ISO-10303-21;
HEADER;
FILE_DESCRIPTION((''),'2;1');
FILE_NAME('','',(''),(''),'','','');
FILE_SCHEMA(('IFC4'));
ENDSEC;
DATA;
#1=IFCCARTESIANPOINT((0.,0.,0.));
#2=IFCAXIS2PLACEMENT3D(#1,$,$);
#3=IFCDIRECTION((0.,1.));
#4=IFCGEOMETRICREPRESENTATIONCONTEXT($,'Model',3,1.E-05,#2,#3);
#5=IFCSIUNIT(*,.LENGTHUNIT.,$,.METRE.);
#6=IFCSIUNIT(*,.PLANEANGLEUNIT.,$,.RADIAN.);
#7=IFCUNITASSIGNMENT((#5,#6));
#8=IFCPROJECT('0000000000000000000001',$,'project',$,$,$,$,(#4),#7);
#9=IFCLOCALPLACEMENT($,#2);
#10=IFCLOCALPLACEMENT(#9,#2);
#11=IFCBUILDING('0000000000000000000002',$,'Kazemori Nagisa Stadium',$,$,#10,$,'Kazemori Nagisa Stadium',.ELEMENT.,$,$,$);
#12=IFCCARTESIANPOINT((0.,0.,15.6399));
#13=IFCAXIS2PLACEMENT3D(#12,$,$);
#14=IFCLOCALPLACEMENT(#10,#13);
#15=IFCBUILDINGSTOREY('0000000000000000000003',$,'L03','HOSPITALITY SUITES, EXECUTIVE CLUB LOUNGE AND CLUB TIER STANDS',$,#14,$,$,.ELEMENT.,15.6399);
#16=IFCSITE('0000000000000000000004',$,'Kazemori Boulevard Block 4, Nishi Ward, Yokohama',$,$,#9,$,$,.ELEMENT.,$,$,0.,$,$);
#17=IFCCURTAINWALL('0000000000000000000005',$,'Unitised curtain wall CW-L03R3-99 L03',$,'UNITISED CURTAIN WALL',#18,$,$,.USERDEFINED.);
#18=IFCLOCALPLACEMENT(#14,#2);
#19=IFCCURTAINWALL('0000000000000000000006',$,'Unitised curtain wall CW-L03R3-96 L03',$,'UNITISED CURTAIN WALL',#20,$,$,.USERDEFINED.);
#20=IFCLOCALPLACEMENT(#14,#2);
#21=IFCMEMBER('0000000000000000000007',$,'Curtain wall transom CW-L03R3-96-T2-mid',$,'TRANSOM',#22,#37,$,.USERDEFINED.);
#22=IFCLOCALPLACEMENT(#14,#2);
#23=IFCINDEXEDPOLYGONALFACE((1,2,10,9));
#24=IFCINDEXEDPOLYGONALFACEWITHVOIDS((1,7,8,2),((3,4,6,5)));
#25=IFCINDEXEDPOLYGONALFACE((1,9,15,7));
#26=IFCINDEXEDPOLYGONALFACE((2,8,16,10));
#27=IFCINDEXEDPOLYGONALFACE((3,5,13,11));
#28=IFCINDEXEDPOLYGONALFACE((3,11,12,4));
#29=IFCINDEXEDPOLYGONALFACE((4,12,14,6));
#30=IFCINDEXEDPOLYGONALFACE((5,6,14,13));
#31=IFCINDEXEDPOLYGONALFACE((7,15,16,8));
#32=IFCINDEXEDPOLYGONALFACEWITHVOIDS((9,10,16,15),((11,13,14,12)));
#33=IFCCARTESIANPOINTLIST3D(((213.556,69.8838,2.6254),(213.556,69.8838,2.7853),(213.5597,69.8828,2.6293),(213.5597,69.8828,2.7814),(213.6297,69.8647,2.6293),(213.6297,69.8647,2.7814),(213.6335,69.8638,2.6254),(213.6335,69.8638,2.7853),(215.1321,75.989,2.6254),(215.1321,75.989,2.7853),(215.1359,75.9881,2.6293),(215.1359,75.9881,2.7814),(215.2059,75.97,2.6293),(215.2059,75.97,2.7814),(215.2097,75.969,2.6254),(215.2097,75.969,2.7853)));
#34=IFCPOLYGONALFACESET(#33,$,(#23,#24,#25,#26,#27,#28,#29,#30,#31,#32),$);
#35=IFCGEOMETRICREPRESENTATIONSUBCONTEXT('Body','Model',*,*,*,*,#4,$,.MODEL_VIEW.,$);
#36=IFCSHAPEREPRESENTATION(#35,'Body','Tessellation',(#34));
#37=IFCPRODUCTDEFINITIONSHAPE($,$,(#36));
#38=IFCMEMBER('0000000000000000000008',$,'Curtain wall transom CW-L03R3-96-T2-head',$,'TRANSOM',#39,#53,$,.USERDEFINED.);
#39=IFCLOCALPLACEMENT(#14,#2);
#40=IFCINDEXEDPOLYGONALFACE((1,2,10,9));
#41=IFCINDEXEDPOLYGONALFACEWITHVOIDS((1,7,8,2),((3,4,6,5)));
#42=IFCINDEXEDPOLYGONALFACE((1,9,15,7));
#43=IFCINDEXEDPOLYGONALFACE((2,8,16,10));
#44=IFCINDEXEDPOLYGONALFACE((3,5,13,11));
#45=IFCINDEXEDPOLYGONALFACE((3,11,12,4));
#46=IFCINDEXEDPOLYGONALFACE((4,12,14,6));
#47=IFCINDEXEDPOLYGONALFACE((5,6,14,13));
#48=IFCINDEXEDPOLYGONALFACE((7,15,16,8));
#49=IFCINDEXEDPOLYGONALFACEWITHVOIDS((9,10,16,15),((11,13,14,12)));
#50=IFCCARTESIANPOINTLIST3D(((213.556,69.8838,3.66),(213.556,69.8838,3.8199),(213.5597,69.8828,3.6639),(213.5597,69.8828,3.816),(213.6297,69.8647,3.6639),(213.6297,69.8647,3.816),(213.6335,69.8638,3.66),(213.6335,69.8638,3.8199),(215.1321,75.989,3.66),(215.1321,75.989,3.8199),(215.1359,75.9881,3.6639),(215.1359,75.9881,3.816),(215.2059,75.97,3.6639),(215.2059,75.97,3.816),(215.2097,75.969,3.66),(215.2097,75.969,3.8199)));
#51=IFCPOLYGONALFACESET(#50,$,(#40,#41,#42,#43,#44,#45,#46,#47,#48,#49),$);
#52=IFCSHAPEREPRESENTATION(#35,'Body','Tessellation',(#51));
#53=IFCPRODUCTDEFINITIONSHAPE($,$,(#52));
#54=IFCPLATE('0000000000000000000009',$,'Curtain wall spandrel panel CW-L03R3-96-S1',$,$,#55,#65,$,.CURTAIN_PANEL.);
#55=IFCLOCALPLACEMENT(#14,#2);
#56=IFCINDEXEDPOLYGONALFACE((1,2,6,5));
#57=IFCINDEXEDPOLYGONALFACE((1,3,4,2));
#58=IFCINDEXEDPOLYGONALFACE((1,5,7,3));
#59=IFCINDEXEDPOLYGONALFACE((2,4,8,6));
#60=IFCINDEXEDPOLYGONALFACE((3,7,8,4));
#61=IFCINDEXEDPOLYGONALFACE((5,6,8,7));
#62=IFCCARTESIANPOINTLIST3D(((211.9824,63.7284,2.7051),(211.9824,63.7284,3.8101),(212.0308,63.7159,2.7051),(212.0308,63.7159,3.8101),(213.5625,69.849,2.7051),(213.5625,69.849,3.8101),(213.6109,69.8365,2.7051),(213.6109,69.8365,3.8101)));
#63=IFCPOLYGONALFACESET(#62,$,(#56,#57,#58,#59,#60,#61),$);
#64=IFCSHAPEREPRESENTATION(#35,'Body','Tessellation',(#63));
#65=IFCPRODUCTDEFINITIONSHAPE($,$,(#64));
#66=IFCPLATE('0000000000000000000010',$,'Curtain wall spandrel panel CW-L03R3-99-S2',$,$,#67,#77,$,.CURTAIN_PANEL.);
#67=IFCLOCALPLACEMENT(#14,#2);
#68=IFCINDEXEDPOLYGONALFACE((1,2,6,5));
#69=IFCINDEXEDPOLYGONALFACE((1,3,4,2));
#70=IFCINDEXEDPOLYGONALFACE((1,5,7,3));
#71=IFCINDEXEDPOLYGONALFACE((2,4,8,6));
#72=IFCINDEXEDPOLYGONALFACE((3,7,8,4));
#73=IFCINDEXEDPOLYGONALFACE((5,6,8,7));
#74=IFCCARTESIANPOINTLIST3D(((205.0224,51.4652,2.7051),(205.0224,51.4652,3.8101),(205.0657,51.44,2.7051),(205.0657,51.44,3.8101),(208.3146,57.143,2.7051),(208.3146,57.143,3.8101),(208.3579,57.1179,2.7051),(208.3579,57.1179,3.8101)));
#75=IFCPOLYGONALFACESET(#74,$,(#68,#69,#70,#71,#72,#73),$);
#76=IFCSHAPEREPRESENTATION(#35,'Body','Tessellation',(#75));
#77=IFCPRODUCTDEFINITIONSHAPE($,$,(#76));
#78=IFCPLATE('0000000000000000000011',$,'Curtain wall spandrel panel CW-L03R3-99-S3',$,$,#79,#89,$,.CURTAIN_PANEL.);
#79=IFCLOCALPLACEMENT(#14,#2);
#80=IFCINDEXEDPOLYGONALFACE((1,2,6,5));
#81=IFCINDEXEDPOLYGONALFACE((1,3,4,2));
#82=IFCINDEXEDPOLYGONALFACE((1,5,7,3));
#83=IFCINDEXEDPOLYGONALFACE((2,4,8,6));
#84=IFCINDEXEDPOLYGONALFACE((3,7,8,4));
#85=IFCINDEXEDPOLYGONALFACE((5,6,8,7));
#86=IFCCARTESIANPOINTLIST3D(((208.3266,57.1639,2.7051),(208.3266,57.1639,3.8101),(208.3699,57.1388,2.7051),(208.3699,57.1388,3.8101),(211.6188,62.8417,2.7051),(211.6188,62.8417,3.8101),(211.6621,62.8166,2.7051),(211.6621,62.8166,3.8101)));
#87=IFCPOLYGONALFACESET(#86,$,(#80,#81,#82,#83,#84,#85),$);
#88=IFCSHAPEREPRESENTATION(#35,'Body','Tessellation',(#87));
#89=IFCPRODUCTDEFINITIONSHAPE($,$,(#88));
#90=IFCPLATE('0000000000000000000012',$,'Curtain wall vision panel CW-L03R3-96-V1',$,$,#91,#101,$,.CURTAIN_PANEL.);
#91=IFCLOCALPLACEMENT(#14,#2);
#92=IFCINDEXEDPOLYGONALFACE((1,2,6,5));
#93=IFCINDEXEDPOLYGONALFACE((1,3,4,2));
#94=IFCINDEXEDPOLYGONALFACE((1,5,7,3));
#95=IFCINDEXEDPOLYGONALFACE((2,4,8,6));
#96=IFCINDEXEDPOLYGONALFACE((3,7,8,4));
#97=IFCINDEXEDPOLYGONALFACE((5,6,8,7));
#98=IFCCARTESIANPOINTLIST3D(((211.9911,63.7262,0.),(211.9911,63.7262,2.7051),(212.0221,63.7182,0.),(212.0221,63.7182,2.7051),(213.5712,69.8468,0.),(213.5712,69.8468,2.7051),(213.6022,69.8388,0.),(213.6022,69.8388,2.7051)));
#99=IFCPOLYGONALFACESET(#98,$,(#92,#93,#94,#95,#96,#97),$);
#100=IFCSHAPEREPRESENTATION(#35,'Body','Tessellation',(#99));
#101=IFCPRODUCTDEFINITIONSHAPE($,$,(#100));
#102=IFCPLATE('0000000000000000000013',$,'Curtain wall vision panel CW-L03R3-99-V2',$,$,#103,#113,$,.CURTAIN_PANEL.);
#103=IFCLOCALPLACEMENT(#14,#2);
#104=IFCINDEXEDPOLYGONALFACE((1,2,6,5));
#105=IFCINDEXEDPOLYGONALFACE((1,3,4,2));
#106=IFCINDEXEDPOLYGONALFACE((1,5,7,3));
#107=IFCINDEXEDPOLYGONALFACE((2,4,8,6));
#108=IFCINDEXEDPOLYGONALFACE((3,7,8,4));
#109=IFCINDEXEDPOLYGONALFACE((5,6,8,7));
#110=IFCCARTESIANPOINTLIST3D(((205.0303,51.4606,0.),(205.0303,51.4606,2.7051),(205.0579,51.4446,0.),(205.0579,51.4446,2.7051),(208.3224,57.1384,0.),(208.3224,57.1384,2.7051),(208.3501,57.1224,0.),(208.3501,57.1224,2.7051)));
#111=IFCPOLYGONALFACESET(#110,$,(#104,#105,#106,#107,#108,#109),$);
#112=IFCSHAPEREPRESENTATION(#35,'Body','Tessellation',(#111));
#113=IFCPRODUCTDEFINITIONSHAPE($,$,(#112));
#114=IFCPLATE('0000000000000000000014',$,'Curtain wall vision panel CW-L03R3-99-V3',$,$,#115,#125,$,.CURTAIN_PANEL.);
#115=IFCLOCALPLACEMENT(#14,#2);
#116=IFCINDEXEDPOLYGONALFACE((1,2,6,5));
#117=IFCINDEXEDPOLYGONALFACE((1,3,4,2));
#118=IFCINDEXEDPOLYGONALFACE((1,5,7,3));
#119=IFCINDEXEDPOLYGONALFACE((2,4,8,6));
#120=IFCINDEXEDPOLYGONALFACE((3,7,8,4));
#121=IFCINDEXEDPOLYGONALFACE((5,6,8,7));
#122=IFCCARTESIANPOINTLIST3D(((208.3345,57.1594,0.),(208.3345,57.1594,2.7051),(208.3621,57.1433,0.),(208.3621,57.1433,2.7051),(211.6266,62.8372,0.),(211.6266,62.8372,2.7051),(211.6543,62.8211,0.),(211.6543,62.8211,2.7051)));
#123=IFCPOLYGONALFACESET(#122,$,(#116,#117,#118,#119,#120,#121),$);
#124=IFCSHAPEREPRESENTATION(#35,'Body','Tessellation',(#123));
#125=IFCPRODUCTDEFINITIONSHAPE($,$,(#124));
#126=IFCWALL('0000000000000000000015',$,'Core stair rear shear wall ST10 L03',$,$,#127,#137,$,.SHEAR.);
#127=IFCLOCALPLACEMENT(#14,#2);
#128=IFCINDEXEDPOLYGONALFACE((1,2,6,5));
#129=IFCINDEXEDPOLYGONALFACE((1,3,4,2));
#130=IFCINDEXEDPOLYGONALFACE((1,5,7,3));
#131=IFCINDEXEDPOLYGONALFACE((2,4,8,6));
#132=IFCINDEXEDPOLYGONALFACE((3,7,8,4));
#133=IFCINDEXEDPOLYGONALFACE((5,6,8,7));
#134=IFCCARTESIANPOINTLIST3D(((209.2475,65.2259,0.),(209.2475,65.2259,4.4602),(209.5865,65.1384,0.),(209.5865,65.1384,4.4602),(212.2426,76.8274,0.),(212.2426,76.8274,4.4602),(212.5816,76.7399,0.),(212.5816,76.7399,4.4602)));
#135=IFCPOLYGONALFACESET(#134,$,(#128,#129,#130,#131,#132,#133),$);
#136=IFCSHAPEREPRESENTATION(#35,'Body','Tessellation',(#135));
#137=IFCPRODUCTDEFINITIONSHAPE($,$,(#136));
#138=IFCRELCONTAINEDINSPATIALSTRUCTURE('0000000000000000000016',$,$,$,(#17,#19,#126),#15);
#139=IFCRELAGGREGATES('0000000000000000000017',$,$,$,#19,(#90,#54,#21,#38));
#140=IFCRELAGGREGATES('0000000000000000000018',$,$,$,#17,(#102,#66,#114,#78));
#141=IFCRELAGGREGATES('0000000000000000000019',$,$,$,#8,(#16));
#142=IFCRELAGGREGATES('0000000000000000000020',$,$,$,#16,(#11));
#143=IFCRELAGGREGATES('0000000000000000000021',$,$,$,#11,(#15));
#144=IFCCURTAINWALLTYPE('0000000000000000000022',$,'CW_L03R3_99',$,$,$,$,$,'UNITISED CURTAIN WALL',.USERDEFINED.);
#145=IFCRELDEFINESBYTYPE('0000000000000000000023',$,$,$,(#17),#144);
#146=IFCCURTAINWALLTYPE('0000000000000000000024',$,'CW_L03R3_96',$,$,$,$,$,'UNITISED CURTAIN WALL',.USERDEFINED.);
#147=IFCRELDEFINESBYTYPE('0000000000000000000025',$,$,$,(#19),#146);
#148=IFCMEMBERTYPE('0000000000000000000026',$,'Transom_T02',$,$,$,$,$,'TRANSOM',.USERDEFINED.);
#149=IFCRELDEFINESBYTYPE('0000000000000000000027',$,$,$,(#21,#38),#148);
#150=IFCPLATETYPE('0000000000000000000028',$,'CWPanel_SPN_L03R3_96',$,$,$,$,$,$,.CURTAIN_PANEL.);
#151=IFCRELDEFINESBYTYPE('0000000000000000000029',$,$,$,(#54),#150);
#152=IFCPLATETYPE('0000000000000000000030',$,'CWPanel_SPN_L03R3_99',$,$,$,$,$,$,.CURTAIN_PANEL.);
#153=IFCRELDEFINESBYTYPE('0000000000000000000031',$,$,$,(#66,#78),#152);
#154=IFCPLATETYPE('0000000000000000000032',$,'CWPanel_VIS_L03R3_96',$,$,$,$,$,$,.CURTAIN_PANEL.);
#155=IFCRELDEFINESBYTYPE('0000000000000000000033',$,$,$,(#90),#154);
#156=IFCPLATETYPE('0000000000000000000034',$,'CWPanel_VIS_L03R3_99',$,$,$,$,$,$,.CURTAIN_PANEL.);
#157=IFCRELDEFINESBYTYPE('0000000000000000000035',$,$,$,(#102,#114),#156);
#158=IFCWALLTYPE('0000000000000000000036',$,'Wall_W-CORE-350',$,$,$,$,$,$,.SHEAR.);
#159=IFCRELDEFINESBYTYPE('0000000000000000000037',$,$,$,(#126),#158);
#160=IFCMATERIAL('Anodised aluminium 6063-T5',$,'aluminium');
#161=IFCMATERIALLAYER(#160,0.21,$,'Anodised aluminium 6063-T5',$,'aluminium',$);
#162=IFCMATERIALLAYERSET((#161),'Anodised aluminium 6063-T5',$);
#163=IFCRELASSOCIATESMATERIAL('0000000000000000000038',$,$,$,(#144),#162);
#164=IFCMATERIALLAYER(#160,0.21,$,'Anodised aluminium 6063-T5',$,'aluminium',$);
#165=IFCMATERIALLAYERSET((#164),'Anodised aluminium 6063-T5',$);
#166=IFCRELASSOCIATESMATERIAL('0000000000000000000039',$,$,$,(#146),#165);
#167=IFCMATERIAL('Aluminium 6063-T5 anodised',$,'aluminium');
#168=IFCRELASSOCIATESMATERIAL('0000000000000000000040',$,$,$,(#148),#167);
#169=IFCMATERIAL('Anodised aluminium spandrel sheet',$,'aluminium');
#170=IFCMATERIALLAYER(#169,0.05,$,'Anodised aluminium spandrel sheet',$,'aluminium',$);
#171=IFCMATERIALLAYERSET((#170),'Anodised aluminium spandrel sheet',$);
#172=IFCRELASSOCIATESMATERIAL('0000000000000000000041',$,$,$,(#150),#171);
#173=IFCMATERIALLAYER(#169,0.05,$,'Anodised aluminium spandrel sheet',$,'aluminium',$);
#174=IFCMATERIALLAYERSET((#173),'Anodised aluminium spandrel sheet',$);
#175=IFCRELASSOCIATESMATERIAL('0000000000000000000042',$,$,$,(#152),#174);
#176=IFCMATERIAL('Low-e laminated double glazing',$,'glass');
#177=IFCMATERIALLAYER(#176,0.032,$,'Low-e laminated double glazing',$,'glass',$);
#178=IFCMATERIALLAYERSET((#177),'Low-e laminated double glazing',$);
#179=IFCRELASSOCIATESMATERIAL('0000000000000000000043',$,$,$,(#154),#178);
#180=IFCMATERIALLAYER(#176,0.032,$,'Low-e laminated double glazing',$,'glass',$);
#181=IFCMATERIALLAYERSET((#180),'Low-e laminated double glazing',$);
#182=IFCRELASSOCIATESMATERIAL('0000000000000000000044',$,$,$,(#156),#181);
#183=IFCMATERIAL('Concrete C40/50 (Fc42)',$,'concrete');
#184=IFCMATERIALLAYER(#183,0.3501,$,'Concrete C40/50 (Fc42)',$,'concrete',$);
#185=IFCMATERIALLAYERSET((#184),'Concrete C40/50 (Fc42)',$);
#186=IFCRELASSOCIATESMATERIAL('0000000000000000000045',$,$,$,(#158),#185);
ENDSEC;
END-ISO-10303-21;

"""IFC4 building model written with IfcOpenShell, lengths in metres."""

from ifc_helpers import new_model, si_unit, direction, frame, frame_2d, origin, origin_2d, place, context, subcontext, project, spatial, rectangle, hollow_rectangle, extrude, material, layer, layer_set, material_profile, profile_set, type_object, element, aggregate, save


model = new_model("IFC4")

# Units and contexts
model_context = context("Model", 3, precision=1e-05, world=origin(), true_north=direction((0.0, 1.0)))
body_context = subcontext(model_context, "Body", "Model", "MODEL_VIEW")
ifc_project = project(units=[si_unit("LENGTHUNIT", "METRE"), si_unit("PLANEANGLEUNIT", "RADIAN")], contexts=[model_context])

# Site, building, storey
site_placement = place(None, origin())
site = spatial("IfcSite", under=ifc_project, at=site_placement, Name="Kazemori Boulevard Block 4, Nishi Ward, Yokohama", CompositionType="ELEMENT", RefElevation=0.0)
building_placement = place(site_placement, origin())
building = spatial("IfcBuilding", under=site, at=building_placement, Name="Kazemori Nagisa Stadium", LongName="Kazemori Nagisa Stadium", CompositionType="ELEMENT")
storey_placement = place(building_placement, frame((0.0, 0.0, 15.6399)))
storey = spatial("IfcBuildingStorey", under=building, at=storey_placement, Name="L03", Description="HOSPITALITY SUITES, EXECUTIVE CLUB LOUNGE AND CLUB TIER STANDS", CompositionType="ELEMENT", Elevation=15.6399)

# Shared definitions
ifc_material_1 = material(Name="Concrete C40/50 (Fc42)", Category="concrete")

# Curtain walls
ifc_material_2 = material(Name="Anodised aluminium 6063-T5", Category="aluminium")
ifc_layer_1 = layer(ifc_material_2, 0.21, Name="Anodised aluminium 6063-T5", Category="aluminium")
ifc_layer_set_1 = layer_set([ifc_layer_1], Name="Anodised aluminium 6063-T5")
curtain_wall_type_1 = type_object("IfcCurtainWallType", Name="CW_L03R3_99", ElementType="UNITISED CURTAIN WALL", PredefinedType="USERDEFINED", material=ifc_layer_set_1)
curtain_wall_1_placement = place(storey_placement, origin())
curtain_wall_1 = element("IfcCurtainWall", 1, at=curtain_wall_1_placement, inside=storey, type_object=curtain_wall_type_1, Name="Unitised curtain wall CW-L03R3-99 L03", ObjectType="UNITISED CURTAIN WALL", PredefinedType="USERDEFINED")
ifc_material_3 = material(Name="Aluminium 6063-T5 anodised", Category="aluminium")
ifc_layer_2 = layer(ifc_material_2, 0.21, Name="Anodised aluminium 6063-T5", Category="aluminium")
ifc_layer_set_2 = layer_set([ifc_layer_2], Name="Anodised aluminium 6063-T5")
curtain_wall_type_2 = type_object("IfcCurtainWallType", Name="CW_L03R3_96", ElementType="UNITISED CURTAIN WALL", PredefinedType="USERDEFINED", material=ifc_layer_set_2)
curtain_wall_2_placement = place(storey_placement, origin())
curtain_wall_2 = element("IfcCurtainWall", 2, at=curtain_wall_2_placement, inside=storey, type_object=curtain_wall_type_2, Name="Unitised curtain wall CW-L03R3-96 L03", ObjectType="UNITISED CURTAIN WALL", PredefinedType="USERDEFINED")

# Members
ifc_material_profile_1 = material_profile(ifc_material_3, hollow_rectangle(XDim=0.0801, YDim=0.1599, WallThickness=0.0039, at=origin_2d()), Name="ALU-TRAN-80x160x4")
ifc_profile_set_1 = profile_set([ifc_material_profile_1], Name="Aluminium 6063-T5 anodised")
member_type_1 = type_object("IfcMemberType", Name="Transom_T02", ElementType="TRANSOM", PredefinedType="USERDEFINED", material=ifc_profile_set_1)
member_1_placement = place(storey_placement, frame((213.5947, 69.8738, 2.7053), z_axis=(0.249972, 0.968253, 0.0), x_axis=(-0.968253, 0.249972, 0.0)))
member_1 = element("IfcMember", 3, at=member_1_placement, type_object=member_type_1, Name="Curtain wall transom CW-L03R3-96-T2-mid", ObjectType="TRANSOM", PredefinedType="USERDEFINED", context=body_context, shape_type="SweptSolid", body=[
    extrude(hollow_rectangle(XDim=0.0801, YDim=0.1599, WallThickness=0.0039, at=origin_2d()), origin(), (0.0, 0.0, 1.0), 6.3054),
])
member_2_placement = place(storey_placement, frame((213.5947, 69.8738, 3.74), z_axis=(0.249972, 0.968253, 0.0), x_axis=(-0.968253, 0.249972, 0.0)))
member_2 = element("IfcMember", 4, at=member_2_placement, type_object=member_type_1, Name="Curtain wall transom CW-L03R3-96-T2-head", ObjectType="TRANSOM", PredefinedType="USERDEFINED", context=body_context, shape_type="SweptSolid", body=[
    extrude(hollow_rectangle(XDim=0.0801, YDim=0.1599, WallThickness=0.0039, at=origin_2d()), origin(), (0.0, 0.0, 1.0), 6.3054),
])

# Plates
ifc_material_4 = material(Name="Anodised aluminium spandrel sheet", Category="aluminium")
ifc_layer_3 = layer(ifc_material_4, 0.05, Name="Anodised aluminium spandrel sheet", Category="aluminium")
ifc_layer_set_3 = layer_set([ifc_layer_3], Name="Anodised aluminium spandrel sheet")
plate_type_1 = type_object("IfcPlateType", Name="CWPanel_SPN_L03R3_96", PredefinedType="CURTAIN_PANEL", material=ifc_layer_set_3)
plate_1_placement = place(storey_placement, frame((212.7966, 66.7825, 2.7051), z_axis=(0.0, 0.0, 1.0), x_axis=(0.249965, 0.968255, 0.0)))
plate_1 = element("IfcPlate", 5, at=plate_1_placement, type_object=plate_type_1, Name="Curtain wall spandrel panel CW-L03R3-96-S1", PredefinedType="CURTAIN_PANEL", context=body_context, shape_type="SweptSolid", body=[
    extrude(rectangle(XDim=6.3213, YDim=0.05, at=origin_2d()), origin(), (0.0, 0.0, 1.0), 1.105),
])
ifc_layer_4 = layer(ifc_material_4, 0.05, Name="Anodised aluminium spandrel sheet", Category="aluminium")
ifc_layer_set_4 = layer_set([ifc_layer_4], Name="Anodised aluminium spandrel sheet")
plate_type_2 = type_object("IfcPlateType", Name="CWPanel_SPN_L03R3_99", PredefinedType="CURTAIN_PANEL", material=ifc_layer_set_4)
plate_2_placement = place(storey_placement, frame((206.6902, 54.2915, 2.7051), z_axis=(0.0, 0.0, 1.0), x_axis=(0.501612, 0.865093, 0.0)))
plate_2 = element("IfcPlate", 6, at=plate_2_placement, type_object=plate_type_2, Name="Curtain wall spandrel panel CW-L03R3-99-S2", PredefinedType="CURTAIN_PANEL", context=body_context, shape_type="SweptSolid", body=[
    extrude(rectangle(XDim=6.5632, YDim=0.05, at=origin_2d()), origin(), (0.0, 0.0, 1.0), 1.105),
])
plate_3_placement = place(storey_placement, frame((209.9944, 59.9902, 2.7051), z_axis=(0.0, 0.0, 1.0), x_axis=(0.501612, 0.865093, 0.0)))
plate_3 = element("IfcPlate", 7, at=plate_3_placement, type_object=plate_type_2, Name="Curtain wall spandrel panel CW-L03R3-99-S3", PredefinedType="CURTAIN_PANEL", context=body_context, shape_type="SweptSolid", body=[
    extrude(rectangle(XDim=6.5632, YDim=0.05, at=origin_2d()), origin(), (0.0, 0.0, 1.0), 1.105),
])
ifc_material_5 = material(Name="Low-e laminated double glazing", Category="glass")
ifc_layer_5 = layer(ifc_material_5, 0.032, Name="Low-e laminated double glazing", Category="glass")
ifc_layer_set_5 = layer_set([ifc_layer_5], Name="Low-e laminated double glazing")
plate_type_3 = type_object("IfcPlateType", Name="CWPanel_VIS_L03R3_96", PredefinedType="CURTAIN_PANEL", material=ifc_layer_set_5)
plate_4_placement = place(storey_placement, frame((212.7966, 66.7825, 0.0), z_axis=(0.0, 0.0, 1.0), x_axis=(0.249965, 0.968255, 0.0)))
plate_4 = element("IfcPlate", 8, at=plate_4_placement, type_object=plate_type_3, Name="Curtain wall vision panel CW-L03R3-96-V1", PredefinedType="CURTAIN_PANEL", context=body_context, shape_type="SweptSolid", body=[
    extrude(rectangle(XDim=6.3213, YDim=0.032, at=origin_2d()), origin(), (0.0, 0.0, 1.0), 2.7051),
])
aggregate(curtain_wall_2, [plate_4, plate_1, member_1, member_2])
ifc_layer_6 = layer(ifc_material_5, 0.032, Name="Low-e laminated double glazing", Category="glass")
ifc_layer_set_6 = layer_set([ifc_layer_6], Name="Low-e laminated double glazing")
plate_type_4 = type_object("IfcPlateType", Name="CWPanel_VIS_L03R3_99", PredefinedType="CURTAIN_PANEL", material=ifc_layer_set_6)
plate_5_placement = place(storey_placement, frame((206.6902, 54.2915, 0.0), z_axis=(0.0, 0.0, 1.0), x_axis=(0.501612, 0.865093, 0.0)))
plate_5 = element("IfcPlate", 9, at=plate_5_placement, type_object=plate_type_4, Name="Curtain wall vision panel CW-L03R3-99-V2", PredefinedType="CURTAIN_PANEL", context=body_context, shape_type="SweptSolid", body=[
    extrude(rectangle(XDim=6.5632, YDim=0.032, at=origin_2d()), origin(), (0.0, 0.0, 1.0), 2.7051),
])
plate_6_placement = place(storey_placement, frame((209.9944, 59.9902, 0.0), z_axis=(0.0, 0.0, 1.0), x_axis=(0.501612, 0.865093, 0.0)))
plate_6 = element("IfcPlate", 10, at=plate_6_placement, type_object=plate_type_4, Name="Curtain wall vision panel CW-L03R3-99-V3", PredefinedType="CURTAIN_PANEL", context=body_context, shape_type="SweptSolid", body=[
    extrude(rectangle(XDim=6.5632, YDim=0.032, at=origin_2d()), origin(), (0.0, 0.0, 1.0), 2.7051),
])
aggregate(curtain_wall_1, [plate_5, plate_2, plate_6, plate_3])

# Wall
ifc_layer_7 = layer(ifc_material_1, 0.3501, Name="Concrete C40/50 (Fc42)", Category="concrete")
ifc_layer_set_7 = layer_set([ifc_layer_7], Name="Concrete C40/50 (Fc42)")
wall_type = type_object("IfcWallType", Name="Wall_W-CORE-350", PredefinedType="SHEAR", material=ifc_layer_set_7)
wall_placement = place(storey_placement, frame((209.417, 65.1821, 0.0), z_axis=(0.0, 0.0, 1.0), x_axis=(0.249969, 0.968254, 0.0)))
element("IfcWall", 11, at=wall_placement, inside=storey, type_object=wall_type, Name="Core stair rear shear wall ST10 L03", PredefinedType="SHEAR", context=body_context, shape_type="SweptSolid", body=[
    extrude(rectangle(XDim=11.9819, YDim=0.3501, at=frame_2d((5.991, 0.0))), origin(), (0.0, 0.0, 1.0), 4.4602),
])

save(model, "model.ifc")
